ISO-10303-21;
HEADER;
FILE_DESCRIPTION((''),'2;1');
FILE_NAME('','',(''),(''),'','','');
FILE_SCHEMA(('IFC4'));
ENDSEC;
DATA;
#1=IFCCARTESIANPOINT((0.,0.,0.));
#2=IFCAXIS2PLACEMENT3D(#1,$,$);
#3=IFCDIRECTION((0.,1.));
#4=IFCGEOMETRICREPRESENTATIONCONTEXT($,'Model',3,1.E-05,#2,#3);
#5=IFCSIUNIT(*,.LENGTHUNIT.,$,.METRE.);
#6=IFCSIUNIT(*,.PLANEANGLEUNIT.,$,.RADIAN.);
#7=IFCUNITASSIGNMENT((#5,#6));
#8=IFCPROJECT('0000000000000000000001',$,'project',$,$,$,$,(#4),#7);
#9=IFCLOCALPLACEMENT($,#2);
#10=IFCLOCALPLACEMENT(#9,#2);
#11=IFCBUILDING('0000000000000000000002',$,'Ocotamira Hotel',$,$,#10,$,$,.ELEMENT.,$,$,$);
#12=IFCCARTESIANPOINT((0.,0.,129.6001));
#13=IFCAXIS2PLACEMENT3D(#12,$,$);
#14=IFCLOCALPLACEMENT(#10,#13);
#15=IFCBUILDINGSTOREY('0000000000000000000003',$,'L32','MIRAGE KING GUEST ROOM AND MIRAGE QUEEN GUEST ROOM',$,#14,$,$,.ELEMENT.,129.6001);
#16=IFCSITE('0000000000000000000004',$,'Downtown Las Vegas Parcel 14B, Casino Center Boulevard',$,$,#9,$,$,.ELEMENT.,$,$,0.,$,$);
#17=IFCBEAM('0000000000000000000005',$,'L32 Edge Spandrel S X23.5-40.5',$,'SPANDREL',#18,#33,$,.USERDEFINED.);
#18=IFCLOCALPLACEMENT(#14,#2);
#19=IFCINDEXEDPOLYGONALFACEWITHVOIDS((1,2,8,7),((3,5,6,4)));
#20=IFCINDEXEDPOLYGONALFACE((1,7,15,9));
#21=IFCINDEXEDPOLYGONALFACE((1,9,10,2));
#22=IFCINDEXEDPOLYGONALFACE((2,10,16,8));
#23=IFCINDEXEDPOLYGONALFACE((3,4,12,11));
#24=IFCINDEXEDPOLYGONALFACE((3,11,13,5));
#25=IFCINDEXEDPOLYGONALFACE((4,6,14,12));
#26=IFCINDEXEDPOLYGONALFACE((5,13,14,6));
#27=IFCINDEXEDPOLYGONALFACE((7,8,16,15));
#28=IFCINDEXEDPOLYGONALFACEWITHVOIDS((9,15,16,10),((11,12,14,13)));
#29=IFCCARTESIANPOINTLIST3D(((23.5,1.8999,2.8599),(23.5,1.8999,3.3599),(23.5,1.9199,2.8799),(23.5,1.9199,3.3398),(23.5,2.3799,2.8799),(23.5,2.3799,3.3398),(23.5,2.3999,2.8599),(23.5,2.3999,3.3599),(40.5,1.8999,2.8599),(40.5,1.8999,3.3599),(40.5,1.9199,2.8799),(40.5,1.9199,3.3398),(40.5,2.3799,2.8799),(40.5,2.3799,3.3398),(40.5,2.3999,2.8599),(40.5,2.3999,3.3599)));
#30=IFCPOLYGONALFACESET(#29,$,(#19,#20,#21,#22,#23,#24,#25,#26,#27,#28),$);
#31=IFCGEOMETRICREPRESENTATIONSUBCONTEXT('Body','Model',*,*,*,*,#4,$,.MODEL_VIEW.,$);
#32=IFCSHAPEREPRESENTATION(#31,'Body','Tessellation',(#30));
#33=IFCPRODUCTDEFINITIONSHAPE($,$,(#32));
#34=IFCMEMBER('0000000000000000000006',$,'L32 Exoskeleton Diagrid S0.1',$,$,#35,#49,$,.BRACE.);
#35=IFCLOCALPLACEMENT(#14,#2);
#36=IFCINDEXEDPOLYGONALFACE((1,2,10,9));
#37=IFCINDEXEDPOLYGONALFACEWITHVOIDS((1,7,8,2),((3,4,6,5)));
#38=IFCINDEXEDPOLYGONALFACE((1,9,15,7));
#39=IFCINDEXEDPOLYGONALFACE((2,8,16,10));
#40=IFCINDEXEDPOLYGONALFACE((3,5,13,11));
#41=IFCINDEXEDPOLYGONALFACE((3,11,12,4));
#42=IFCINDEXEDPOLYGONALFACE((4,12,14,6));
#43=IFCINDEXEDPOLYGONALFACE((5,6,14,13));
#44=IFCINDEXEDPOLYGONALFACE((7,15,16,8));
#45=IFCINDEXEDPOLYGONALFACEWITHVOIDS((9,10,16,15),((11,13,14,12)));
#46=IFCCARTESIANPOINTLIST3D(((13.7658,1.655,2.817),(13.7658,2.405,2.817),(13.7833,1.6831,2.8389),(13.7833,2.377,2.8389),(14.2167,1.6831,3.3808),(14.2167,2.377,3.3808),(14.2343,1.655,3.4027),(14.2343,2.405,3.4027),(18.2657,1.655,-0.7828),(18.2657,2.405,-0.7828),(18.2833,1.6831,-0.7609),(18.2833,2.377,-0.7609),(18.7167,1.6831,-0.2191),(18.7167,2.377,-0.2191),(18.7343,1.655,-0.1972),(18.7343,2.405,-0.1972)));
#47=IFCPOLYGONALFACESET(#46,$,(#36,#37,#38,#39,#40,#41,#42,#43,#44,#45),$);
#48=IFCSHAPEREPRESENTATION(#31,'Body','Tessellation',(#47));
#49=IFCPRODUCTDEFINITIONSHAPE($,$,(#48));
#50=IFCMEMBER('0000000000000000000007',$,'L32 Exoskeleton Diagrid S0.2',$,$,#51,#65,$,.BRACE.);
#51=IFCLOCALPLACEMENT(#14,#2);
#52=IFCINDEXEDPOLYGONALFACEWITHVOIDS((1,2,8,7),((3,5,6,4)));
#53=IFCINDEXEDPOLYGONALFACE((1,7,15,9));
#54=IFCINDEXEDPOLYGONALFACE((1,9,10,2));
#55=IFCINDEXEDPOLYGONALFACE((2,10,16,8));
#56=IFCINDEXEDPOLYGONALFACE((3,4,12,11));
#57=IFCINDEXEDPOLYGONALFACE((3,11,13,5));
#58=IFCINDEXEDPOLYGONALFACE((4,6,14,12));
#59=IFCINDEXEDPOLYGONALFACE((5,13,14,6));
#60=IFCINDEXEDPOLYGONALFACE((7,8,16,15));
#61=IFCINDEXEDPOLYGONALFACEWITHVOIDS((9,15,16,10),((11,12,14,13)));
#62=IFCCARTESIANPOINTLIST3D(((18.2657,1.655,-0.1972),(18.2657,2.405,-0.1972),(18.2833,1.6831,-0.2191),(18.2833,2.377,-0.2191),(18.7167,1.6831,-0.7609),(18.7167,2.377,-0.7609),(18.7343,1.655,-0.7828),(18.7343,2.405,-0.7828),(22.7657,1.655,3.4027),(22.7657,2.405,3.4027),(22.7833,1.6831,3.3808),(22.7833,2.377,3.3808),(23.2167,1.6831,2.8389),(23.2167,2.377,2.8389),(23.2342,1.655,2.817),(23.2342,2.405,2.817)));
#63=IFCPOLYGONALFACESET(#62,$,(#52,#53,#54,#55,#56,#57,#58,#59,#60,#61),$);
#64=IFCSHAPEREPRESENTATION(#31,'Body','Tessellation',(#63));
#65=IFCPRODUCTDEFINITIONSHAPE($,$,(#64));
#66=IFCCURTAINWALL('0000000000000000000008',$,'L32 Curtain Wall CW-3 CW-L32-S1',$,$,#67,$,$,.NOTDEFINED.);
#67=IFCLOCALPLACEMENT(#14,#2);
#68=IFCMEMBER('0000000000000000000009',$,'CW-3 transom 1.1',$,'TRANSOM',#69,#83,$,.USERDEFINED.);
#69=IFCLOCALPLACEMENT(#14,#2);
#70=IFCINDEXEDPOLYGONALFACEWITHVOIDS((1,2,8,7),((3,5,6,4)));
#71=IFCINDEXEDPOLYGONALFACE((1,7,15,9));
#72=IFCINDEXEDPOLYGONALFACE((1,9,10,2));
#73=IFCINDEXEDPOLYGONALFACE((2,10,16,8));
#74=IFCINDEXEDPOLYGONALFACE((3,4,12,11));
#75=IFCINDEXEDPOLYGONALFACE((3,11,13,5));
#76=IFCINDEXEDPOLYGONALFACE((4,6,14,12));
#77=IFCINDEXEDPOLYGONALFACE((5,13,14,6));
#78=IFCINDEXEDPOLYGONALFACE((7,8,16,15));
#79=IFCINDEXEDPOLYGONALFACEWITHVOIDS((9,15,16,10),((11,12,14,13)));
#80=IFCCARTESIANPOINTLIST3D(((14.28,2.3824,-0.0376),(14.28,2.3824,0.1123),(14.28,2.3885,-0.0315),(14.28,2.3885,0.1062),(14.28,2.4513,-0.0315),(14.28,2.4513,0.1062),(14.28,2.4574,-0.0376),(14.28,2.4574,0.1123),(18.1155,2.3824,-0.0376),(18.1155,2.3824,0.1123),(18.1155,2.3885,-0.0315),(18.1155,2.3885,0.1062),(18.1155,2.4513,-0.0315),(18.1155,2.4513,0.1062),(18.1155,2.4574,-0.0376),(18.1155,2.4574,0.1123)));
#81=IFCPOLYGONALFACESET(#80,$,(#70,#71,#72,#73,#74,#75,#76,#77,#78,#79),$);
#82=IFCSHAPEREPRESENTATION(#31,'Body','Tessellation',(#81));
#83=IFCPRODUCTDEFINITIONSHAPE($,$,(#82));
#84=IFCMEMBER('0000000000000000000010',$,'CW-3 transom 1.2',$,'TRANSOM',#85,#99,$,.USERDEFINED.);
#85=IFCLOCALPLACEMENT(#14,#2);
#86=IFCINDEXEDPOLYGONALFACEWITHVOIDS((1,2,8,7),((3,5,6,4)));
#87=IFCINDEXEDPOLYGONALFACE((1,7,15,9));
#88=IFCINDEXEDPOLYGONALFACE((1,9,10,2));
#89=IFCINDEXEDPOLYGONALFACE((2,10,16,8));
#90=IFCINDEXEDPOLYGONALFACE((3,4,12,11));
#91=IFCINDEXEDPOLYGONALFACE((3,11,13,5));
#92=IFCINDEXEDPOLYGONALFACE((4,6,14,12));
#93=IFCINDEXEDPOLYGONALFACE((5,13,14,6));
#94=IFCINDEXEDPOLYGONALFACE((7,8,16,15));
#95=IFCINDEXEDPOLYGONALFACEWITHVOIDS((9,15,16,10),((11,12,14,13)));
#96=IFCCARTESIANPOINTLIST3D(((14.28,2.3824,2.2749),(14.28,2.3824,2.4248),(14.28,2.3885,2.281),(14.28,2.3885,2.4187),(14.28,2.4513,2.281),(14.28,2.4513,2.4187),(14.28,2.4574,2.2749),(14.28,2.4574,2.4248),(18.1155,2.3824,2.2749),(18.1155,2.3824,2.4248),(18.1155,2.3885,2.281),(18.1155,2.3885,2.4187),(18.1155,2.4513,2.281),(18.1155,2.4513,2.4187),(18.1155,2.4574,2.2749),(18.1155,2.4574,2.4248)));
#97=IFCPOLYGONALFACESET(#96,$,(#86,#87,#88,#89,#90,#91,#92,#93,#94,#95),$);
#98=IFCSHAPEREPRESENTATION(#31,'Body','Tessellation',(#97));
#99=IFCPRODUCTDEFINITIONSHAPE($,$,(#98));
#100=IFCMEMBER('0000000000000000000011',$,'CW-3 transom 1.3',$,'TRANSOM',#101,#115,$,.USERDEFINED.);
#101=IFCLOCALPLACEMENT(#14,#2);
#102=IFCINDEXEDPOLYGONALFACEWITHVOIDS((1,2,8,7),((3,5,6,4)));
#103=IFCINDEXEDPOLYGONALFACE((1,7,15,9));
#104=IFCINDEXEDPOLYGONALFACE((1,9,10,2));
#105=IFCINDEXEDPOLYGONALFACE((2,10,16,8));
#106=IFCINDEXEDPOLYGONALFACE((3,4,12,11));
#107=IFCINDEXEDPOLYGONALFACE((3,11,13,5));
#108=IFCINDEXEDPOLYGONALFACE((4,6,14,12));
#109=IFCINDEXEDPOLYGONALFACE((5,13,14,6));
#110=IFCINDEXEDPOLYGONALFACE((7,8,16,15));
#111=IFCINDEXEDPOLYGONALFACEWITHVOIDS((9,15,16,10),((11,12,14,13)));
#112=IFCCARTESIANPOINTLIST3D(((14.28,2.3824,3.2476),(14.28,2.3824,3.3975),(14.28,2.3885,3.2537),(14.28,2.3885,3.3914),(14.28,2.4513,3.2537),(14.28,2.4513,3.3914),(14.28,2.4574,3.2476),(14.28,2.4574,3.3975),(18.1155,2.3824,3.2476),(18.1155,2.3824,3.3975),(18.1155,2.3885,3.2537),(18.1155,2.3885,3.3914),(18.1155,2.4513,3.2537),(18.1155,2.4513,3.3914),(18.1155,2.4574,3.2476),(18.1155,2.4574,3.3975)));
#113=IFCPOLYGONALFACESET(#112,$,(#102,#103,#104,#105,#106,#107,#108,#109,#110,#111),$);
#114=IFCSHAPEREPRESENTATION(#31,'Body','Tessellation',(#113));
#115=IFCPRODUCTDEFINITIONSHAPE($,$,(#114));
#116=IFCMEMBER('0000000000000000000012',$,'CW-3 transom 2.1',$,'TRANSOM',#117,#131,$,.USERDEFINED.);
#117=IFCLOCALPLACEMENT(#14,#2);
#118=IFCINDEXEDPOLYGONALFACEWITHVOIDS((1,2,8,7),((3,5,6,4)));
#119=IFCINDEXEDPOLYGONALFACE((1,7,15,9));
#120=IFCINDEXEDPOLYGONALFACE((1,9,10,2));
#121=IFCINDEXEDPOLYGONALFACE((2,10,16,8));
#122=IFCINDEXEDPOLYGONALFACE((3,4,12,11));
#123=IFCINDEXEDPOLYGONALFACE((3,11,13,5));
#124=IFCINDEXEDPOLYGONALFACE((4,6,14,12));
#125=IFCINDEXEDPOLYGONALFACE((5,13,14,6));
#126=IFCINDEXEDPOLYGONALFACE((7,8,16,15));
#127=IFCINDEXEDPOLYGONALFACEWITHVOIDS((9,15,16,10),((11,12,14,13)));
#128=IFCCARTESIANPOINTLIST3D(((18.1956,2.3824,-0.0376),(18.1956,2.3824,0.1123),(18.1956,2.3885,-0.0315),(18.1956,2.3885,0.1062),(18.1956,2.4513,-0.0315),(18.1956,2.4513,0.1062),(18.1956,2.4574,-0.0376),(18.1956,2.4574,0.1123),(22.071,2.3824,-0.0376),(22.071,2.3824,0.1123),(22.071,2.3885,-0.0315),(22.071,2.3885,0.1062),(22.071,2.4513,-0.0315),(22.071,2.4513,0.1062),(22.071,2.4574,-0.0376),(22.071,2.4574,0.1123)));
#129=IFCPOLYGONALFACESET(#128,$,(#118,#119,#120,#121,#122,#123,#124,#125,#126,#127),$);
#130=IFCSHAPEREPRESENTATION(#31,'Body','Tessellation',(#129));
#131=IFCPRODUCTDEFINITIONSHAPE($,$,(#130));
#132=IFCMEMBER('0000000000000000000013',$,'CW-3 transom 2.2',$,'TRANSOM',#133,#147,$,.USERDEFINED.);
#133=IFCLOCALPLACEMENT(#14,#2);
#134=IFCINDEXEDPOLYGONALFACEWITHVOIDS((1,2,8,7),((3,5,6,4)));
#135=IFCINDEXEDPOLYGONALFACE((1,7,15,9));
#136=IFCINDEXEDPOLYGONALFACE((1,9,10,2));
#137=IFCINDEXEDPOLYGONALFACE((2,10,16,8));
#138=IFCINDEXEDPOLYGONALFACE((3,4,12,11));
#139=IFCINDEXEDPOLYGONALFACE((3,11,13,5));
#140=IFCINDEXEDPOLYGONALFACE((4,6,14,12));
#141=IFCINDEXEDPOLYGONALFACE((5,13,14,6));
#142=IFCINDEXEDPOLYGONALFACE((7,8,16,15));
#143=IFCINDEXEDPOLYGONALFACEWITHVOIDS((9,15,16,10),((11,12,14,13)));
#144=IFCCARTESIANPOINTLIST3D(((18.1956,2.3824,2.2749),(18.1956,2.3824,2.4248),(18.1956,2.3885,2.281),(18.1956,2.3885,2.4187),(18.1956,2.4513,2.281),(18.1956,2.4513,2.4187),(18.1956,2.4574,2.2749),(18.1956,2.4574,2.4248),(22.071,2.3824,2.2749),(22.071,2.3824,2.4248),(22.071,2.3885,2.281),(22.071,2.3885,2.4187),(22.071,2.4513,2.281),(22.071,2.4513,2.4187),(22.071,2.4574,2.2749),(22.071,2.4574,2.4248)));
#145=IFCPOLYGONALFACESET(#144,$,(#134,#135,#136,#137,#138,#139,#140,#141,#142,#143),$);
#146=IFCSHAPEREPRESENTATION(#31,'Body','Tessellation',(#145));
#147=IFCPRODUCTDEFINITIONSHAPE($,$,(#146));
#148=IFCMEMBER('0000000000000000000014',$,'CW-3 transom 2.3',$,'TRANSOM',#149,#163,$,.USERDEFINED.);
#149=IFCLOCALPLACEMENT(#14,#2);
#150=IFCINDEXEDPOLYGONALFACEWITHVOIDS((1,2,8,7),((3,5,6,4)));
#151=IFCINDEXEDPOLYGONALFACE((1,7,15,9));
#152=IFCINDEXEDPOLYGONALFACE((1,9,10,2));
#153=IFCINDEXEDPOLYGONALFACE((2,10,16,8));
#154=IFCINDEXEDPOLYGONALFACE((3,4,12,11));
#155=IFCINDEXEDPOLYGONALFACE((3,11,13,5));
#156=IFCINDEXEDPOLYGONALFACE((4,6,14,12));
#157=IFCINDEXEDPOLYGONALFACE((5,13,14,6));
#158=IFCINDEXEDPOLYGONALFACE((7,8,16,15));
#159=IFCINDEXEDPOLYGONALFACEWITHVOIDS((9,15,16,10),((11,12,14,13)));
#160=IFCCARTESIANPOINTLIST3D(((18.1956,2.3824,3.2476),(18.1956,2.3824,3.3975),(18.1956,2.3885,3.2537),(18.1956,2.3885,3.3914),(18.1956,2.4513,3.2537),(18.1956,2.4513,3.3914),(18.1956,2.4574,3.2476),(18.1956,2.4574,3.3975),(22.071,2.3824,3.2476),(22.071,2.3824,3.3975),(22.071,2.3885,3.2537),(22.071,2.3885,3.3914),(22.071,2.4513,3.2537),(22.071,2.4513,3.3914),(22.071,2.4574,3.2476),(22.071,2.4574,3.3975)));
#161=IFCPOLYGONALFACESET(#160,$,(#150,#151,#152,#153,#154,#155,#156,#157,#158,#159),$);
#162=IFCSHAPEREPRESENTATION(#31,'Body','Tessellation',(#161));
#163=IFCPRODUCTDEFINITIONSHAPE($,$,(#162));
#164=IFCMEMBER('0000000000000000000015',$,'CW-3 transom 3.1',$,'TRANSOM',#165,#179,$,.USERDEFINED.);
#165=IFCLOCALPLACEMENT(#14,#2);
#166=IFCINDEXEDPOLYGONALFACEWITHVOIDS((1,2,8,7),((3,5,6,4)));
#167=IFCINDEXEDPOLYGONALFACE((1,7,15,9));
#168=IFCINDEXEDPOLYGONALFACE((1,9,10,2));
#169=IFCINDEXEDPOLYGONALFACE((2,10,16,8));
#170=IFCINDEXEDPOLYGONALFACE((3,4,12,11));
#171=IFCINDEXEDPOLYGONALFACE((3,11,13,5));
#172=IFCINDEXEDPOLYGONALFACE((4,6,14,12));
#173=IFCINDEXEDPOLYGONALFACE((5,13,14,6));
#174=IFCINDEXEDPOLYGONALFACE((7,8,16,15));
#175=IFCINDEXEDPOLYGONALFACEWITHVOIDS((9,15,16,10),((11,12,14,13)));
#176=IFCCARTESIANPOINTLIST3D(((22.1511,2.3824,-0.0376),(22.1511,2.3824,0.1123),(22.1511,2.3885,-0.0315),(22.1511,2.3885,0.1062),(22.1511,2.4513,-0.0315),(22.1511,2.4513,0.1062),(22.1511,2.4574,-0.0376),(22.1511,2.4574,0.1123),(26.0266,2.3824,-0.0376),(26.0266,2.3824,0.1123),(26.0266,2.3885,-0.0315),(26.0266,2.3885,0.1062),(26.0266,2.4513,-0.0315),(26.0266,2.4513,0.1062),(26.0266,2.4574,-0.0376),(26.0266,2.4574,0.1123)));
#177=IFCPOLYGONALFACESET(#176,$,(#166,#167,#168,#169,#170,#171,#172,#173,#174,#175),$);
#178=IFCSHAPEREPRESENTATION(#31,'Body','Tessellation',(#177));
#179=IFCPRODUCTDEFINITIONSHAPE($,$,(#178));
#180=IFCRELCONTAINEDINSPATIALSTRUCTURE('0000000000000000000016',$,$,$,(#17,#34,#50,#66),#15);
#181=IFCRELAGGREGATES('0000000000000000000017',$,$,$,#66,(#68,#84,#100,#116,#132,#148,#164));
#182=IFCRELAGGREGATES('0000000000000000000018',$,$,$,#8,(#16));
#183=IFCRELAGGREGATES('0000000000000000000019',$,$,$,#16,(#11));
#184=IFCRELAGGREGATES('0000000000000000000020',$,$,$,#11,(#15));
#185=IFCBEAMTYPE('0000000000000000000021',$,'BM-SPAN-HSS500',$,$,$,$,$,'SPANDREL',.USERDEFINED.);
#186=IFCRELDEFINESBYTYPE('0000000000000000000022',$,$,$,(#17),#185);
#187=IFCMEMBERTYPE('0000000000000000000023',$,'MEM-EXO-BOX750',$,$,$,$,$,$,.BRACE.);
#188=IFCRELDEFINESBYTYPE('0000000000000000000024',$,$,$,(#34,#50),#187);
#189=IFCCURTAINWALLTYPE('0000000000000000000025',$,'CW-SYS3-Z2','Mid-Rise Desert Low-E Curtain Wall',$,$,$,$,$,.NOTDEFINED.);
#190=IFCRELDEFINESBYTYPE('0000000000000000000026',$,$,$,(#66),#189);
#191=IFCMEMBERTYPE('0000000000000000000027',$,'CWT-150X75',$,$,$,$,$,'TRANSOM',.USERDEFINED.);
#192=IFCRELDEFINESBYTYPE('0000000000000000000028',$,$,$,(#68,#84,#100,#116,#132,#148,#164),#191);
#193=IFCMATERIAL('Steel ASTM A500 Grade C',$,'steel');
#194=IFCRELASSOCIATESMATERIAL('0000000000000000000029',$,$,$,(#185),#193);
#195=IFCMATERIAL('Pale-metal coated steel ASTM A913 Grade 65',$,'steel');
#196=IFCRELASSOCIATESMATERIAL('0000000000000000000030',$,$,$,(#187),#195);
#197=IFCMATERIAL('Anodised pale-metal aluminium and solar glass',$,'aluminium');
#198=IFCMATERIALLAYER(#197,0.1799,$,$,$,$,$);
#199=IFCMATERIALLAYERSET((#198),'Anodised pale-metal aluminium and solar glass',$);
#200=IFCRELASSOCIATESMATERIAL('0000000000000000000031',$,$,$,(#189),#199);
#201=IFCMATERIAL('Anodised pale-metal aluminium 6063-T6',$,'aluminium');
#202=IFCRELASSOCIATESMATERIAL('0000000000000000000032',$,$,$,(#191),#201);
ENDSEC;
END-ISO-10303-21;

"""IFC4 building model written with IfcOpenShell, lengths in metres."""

from ifc_helpers import new_model, si_unit, direction, frame, origin, origin_2d, place, context, subcontext, project, spatial, hollow_rectangle, extrude, source, transform, mapped, material, layer, layer_set, material_profile, profile_set, type_object, element, aggregate, save


model = new_model("IFC4")

# Units and contexts
model_context = context("Model", 3, precision=1e-05, world=origin(), true_north=direction((0.0, 1.0)))
body_context = subcontext(model_context, "Body", "Model", "MODEL_VIEW")
ifc_project = project(units=[si_unit("LENGTHUNIT", "METRE"), si_unit("PLANEANGLEUNIT", "RADIAN")], contexts=[model_context])

# Site, building, storey
site_placement = place(None, origin())
site = spatial("IfcSite", under=ifc_project, at=site_placement, Name="Downtown Las Vegas Parcel 14B, Casino Center Boulevard", CompositionType="ELEMENT", RefElevation=0.0)
building_placement = place(site_placement, origin())
building = spatial("IfcBuilding", under=site, at=building_placement, Name="Ocotamira Hotel", CompositionType="ELEMENT")
storey_placement = place(building_placement, frame((0.0, 0.0, 129.6001)))
storey = spatial("IfcBuildingStorey", under=building, at=storey_placement, Name="L32", Description="MIRAGE KING GUEST ROOM AND MIRAGE QUEEN GUEST ROOM", CompositionType="ELEMENT", Elevation=129.6001)

# Beam
ifc_material_1 = material(Name="Steel ASTM A500 Grade C", Category="steel")
ifc_material_profile_1 = material_profile(ifc_material_1, hollow_rectangle(XDim=0.5, YDim=0.5, WallThickness=0.02, at=origin_2d()), Name="HSS500X500X20")
ifc_profile_set_1 = profile_set([ifc_material_profile_1], Name="Steel ASTM A500 Grade C")
beam_type_1 = type_object("IfcBeamType", Name="BM-SPAN-HSS500", ElementType="SPANDREL", PredefinedType="USERDEFINED", material=ifc_profile_set_1)
shared_shape_1 = source(origin(), body_context, "Body", "SweptSolid", [
    extrude(hollow_rectangle(XDim=0.5, YDim=0.5, WallThickness=0.02, at=origin_2d()), origin(), (0.0, 0.0, 1.0), 17.0),
])
beam_1_placement = place(storey_placement, frame((23.5, 2.1499, 3.1099), z_axis=(1.0, 0.0, 0.0), x_axis=(0.0, 1.0, 0.0)))
element("IfcBeam", 1, at=beam_1_placement, inside=storey, type_object=beam_type_1, Name="L32 Edge Spandrel S X23.5-40.5", ObjectType="SPANDREL", PredefinedType="USERDEFINED", context=body_context, shape_type="MappedRepresentation", body=[
    mapped(shared_shape_1, transform((0.0, 0.0, 0.0), scale=1.0)),
])

# Members
ifc_material_2 = material(Name="Pale-metal coated steel ASTM A913 Grade 65", Category="steel")
ifc_material_profile_2 = material_profile(ifc_material_2, hollow_rectangle(XDim=0.75, YDim=0.75, WallThickness=0.0281, at=origin_2d()), Name="BOX750X750X28")
ifc_profile_set_2 = profile_set([ifc_material_profile_2], Name="Pale-metal coated steel ASTM A913 Grade 65")
member_type_1 = type_object("IfcMemberType", Name="MEM-EXO-BOX750", PredefinedType="BRACE", material=ifc_profile_set_2)
shared_shape_2 = source(origin(), body_context, "Body", "SweptSolid", [
    extrude(hollow_rectangle(XDim=0.75, YDim=0.75, WallThickness=0.0281, at=origin_2d()), origin(), (0.0, 0.0, 1.0), 5.7627),
])
for number, where, z_axis, x_axis, name in (
    (2, (18.5, 2.03, -0.49), (-0.780881, 0.0, 0.62468), (0.0, -1.0, 0.0), "L32 Exoskeleton Diagrid S0.1"),
    (3, (18.5, 2.03, -0.49), (0.780881, 0.0, 0.62468), (0.0, 1.0, 0.0), "L32 Exoskeleton Diagrid S0.2"),
):
    element("IfcMember", number, at=place(storey_placement, frame(where, z_axis=z_axis, x_axis=x_axis)), inside=storey, type_object=member_type_1, Name=name, PredefinedType="BRACE", context=body_context, shape_type="MappedRepresentation", body=[
        mapped(shared_shape_2, transform((0.0, 0.0, 0.0), scale=1.0)),
    ])

# Curtain wall, members
ifc_material_3 = material(Name="Anodised pale-metal aluminium and solar glass", Category="aluminium")
ifc_layer_1 = layer(ifc_material_3, 0.1799)
ifc_layer_set_1 = layer_set([ifc_layer_1], Name="Anodised pale-metal aluminium and solar glass")
curtain_wall_type = type_object("IfcCurtainWallType", Name="CW-SYS3-Z2", Description="Mid-Rise Desert Low-E Curtain Wall", PredefinedType="NOTDEFINED", material=ifc_layer_set_1)
curtain_wall_placement = place(storey_placement, origin())
curtain_wall = element("IfcCurtainWall", 4, at=curtain_wall_placement, inside=storey, type_object=curtain_wall_type, Name="L32 Curtain Wall CW-3 CW-L32-S1", PredefinedType="NOTDEFINED")
ifc_material_4 = material(Name="Anodised pale-metal aluminium 6063-T6", Category="aluminium")
ifc_material_profile_3 = material_profile(ifc_material_4, hollow_rectangle(XDim=0.075, YDim=0.1499, WallThickness=0.0061, at=origin_2d()), Name="HSS150X75X6")
ifc_profile_set_3 = profile_set([ifc_material_profile_3], Name="Anodised pale-metal aluminium 6063-T6")
member_type_2 = type_object("IfcMemberType", Name="CWT-150X75", ElementType="TRANSOM", PredefinedType="USERDEFINED", material=ifc_profile_set_3)
shared_shape_3 = source(origin(), body_context, "Body", "SweptSolid", [
    extrude(hollow_rectangle(XDim=0.075, YDim=0.1499, WallThickness=0.0061, at=origin_2d()), origin(), (0.0, 0.0, 1.0), 3.8354),
])
member_1_placement = place(storey_placement, frame((14.28, 2.4199, 0.0374), z_axis=(1.0, 0.0, 0.0), x_axis=(0.0, 1.0, 0.0)))
member_1 = element("IfcMember", 5, at=member_1_placement, type_object=member_type_2, Name="CW-3 transom 1.1", ObjectType="TRANSOM", PredefinedType="USERDEFINED", context=body_context, shape_type="MappedRepresentation", body=[
    mapped(shared_shape_3, transform((0.0, 0.0, 0.0), scale=1.0)),
])
member_2_placement = place(storey_placement, frame((14.28, 2.4199, 2.3499), z_axis=(1.0, 0.0, 0.0), x_axis=(0.0, 1.0, 0.0)))
member_2 = element("IfcMember", 6, at=member_2_placement, type_object=member_type_2, Name="CW-3 transom 1.2", ObjectType="TRANSOM", PredefinedType="USERDEFINED", context=body_context, shape_type="MappedRepresentation", body=[
    mapped(shared_shape_3, transform((0.0, 0.0, 0.0), scale=1.0)),
])
member_3_placement = place(storey_placement, frame((14.28, 2.4199, 3.3225), z_axis=(1.0, 0.0, 0.0), x_axis=(0.0, 1.0, 0.0)))
member_3 = element("IfcMember", 7, at=member_3_placement, type_object=member_type_2, Name="CW-3 transom 1.3", ObjectType="TRANSOM", PredefinedType="USERDEFINED", context=body_context, shape_type="MappedRepresentation", body=[
    mapped(shared_shape_3, transform((0.0, 0.0, 0.0), scale=1.0)),
])
shared_shape_4 = source(origin(), body_context, "Body", "SweptSolid", [
    extrude(hollow_rectangle(XDim=0.075, YDim=0.1499, WallThickness=0.0061, at=origin_2d()), origin(), (0.0, 0.0, 1.0), 3.8755),
])
member_4_placement = place(storey_placement, frame((18.1956, 2.4199, 0.0374), z_axis=(1.0, 0.0, 0.0), x_axis=(0.0, 1.0, 0.0)))
member_4 = element("IfcMember", 8, at=member_4_placement, type_object=member_type_2, Name="CW-3 transom 2.1", ObjectType="TRANSOM", PredefinedType="USERDEFINED", context=body_context, shape_type="MappedRepresentation", body=[
    mapped(shared_shape_4, transform((0.0, 0.0, 0.0), scale=1.0)),
])
member_5_placement = place(storey_placement, frame((18.1956, 2.4199, 2.3499), z_axis=(1.0, 0.0, 0.0), x_axis=(0.0, 1.0, 0.0)))
member_5 = element("IfcMember", 9, at=member_5_placement, type_object=member_type_2, Name="CW-3 transom 2.2", ObjectType="TRANSOM", PredefinedType="USERDEFINED", context=body_context, shape_type="MappedRepresentation", body=[
    mapped(shared_shape_4, transform((0.0, 0.0, 0.0), scale=1.0)),
])
member_6_placement = place(storey_placement, frame((18.1956, 2.4199, 3.3225), z_axis=(1.0, 0.0, 0.0), x_axis=(0.0, 1.0, 0.0)))
member_6 = element("IfcMember", 10, at=member_6_placement, type_object=member_type_2, Name="CW-3 transom 2.3", ObjectType="TRANSOM", PredefinedType="USERDEFINED", context=body_context, shape_type="MappedRepresentation", body=[
    mapped(shared_shape_4, transform((0.0, 0.0, 0.0), scale=1.0)),
])
member_7_placement = place(storey_placement, frame((22.1511, 2.4199, 0.0374), z_axis=(1.0, 0.0, 0.0), x_axis=(0.0, 1.0, 0.0)))
member_7 = element("IfcMember", 11, at=member_7_placement, type_object=member_type_2, Name="CW-3 transom 3.1", ObjectType="TRANSOM", PredefinedType="USERDEFINED", context=body_context, shape_type="MappedRepresentation", body=[
    mapped(shared_shape_4, transform((0.0, 0.0, 0.0), scale=1.0)),
])

aggregate(curtain_wall, [member_1, member_2, member_3, member_4, member_5, member_6, member_7])

save(model, "model.ifc")
